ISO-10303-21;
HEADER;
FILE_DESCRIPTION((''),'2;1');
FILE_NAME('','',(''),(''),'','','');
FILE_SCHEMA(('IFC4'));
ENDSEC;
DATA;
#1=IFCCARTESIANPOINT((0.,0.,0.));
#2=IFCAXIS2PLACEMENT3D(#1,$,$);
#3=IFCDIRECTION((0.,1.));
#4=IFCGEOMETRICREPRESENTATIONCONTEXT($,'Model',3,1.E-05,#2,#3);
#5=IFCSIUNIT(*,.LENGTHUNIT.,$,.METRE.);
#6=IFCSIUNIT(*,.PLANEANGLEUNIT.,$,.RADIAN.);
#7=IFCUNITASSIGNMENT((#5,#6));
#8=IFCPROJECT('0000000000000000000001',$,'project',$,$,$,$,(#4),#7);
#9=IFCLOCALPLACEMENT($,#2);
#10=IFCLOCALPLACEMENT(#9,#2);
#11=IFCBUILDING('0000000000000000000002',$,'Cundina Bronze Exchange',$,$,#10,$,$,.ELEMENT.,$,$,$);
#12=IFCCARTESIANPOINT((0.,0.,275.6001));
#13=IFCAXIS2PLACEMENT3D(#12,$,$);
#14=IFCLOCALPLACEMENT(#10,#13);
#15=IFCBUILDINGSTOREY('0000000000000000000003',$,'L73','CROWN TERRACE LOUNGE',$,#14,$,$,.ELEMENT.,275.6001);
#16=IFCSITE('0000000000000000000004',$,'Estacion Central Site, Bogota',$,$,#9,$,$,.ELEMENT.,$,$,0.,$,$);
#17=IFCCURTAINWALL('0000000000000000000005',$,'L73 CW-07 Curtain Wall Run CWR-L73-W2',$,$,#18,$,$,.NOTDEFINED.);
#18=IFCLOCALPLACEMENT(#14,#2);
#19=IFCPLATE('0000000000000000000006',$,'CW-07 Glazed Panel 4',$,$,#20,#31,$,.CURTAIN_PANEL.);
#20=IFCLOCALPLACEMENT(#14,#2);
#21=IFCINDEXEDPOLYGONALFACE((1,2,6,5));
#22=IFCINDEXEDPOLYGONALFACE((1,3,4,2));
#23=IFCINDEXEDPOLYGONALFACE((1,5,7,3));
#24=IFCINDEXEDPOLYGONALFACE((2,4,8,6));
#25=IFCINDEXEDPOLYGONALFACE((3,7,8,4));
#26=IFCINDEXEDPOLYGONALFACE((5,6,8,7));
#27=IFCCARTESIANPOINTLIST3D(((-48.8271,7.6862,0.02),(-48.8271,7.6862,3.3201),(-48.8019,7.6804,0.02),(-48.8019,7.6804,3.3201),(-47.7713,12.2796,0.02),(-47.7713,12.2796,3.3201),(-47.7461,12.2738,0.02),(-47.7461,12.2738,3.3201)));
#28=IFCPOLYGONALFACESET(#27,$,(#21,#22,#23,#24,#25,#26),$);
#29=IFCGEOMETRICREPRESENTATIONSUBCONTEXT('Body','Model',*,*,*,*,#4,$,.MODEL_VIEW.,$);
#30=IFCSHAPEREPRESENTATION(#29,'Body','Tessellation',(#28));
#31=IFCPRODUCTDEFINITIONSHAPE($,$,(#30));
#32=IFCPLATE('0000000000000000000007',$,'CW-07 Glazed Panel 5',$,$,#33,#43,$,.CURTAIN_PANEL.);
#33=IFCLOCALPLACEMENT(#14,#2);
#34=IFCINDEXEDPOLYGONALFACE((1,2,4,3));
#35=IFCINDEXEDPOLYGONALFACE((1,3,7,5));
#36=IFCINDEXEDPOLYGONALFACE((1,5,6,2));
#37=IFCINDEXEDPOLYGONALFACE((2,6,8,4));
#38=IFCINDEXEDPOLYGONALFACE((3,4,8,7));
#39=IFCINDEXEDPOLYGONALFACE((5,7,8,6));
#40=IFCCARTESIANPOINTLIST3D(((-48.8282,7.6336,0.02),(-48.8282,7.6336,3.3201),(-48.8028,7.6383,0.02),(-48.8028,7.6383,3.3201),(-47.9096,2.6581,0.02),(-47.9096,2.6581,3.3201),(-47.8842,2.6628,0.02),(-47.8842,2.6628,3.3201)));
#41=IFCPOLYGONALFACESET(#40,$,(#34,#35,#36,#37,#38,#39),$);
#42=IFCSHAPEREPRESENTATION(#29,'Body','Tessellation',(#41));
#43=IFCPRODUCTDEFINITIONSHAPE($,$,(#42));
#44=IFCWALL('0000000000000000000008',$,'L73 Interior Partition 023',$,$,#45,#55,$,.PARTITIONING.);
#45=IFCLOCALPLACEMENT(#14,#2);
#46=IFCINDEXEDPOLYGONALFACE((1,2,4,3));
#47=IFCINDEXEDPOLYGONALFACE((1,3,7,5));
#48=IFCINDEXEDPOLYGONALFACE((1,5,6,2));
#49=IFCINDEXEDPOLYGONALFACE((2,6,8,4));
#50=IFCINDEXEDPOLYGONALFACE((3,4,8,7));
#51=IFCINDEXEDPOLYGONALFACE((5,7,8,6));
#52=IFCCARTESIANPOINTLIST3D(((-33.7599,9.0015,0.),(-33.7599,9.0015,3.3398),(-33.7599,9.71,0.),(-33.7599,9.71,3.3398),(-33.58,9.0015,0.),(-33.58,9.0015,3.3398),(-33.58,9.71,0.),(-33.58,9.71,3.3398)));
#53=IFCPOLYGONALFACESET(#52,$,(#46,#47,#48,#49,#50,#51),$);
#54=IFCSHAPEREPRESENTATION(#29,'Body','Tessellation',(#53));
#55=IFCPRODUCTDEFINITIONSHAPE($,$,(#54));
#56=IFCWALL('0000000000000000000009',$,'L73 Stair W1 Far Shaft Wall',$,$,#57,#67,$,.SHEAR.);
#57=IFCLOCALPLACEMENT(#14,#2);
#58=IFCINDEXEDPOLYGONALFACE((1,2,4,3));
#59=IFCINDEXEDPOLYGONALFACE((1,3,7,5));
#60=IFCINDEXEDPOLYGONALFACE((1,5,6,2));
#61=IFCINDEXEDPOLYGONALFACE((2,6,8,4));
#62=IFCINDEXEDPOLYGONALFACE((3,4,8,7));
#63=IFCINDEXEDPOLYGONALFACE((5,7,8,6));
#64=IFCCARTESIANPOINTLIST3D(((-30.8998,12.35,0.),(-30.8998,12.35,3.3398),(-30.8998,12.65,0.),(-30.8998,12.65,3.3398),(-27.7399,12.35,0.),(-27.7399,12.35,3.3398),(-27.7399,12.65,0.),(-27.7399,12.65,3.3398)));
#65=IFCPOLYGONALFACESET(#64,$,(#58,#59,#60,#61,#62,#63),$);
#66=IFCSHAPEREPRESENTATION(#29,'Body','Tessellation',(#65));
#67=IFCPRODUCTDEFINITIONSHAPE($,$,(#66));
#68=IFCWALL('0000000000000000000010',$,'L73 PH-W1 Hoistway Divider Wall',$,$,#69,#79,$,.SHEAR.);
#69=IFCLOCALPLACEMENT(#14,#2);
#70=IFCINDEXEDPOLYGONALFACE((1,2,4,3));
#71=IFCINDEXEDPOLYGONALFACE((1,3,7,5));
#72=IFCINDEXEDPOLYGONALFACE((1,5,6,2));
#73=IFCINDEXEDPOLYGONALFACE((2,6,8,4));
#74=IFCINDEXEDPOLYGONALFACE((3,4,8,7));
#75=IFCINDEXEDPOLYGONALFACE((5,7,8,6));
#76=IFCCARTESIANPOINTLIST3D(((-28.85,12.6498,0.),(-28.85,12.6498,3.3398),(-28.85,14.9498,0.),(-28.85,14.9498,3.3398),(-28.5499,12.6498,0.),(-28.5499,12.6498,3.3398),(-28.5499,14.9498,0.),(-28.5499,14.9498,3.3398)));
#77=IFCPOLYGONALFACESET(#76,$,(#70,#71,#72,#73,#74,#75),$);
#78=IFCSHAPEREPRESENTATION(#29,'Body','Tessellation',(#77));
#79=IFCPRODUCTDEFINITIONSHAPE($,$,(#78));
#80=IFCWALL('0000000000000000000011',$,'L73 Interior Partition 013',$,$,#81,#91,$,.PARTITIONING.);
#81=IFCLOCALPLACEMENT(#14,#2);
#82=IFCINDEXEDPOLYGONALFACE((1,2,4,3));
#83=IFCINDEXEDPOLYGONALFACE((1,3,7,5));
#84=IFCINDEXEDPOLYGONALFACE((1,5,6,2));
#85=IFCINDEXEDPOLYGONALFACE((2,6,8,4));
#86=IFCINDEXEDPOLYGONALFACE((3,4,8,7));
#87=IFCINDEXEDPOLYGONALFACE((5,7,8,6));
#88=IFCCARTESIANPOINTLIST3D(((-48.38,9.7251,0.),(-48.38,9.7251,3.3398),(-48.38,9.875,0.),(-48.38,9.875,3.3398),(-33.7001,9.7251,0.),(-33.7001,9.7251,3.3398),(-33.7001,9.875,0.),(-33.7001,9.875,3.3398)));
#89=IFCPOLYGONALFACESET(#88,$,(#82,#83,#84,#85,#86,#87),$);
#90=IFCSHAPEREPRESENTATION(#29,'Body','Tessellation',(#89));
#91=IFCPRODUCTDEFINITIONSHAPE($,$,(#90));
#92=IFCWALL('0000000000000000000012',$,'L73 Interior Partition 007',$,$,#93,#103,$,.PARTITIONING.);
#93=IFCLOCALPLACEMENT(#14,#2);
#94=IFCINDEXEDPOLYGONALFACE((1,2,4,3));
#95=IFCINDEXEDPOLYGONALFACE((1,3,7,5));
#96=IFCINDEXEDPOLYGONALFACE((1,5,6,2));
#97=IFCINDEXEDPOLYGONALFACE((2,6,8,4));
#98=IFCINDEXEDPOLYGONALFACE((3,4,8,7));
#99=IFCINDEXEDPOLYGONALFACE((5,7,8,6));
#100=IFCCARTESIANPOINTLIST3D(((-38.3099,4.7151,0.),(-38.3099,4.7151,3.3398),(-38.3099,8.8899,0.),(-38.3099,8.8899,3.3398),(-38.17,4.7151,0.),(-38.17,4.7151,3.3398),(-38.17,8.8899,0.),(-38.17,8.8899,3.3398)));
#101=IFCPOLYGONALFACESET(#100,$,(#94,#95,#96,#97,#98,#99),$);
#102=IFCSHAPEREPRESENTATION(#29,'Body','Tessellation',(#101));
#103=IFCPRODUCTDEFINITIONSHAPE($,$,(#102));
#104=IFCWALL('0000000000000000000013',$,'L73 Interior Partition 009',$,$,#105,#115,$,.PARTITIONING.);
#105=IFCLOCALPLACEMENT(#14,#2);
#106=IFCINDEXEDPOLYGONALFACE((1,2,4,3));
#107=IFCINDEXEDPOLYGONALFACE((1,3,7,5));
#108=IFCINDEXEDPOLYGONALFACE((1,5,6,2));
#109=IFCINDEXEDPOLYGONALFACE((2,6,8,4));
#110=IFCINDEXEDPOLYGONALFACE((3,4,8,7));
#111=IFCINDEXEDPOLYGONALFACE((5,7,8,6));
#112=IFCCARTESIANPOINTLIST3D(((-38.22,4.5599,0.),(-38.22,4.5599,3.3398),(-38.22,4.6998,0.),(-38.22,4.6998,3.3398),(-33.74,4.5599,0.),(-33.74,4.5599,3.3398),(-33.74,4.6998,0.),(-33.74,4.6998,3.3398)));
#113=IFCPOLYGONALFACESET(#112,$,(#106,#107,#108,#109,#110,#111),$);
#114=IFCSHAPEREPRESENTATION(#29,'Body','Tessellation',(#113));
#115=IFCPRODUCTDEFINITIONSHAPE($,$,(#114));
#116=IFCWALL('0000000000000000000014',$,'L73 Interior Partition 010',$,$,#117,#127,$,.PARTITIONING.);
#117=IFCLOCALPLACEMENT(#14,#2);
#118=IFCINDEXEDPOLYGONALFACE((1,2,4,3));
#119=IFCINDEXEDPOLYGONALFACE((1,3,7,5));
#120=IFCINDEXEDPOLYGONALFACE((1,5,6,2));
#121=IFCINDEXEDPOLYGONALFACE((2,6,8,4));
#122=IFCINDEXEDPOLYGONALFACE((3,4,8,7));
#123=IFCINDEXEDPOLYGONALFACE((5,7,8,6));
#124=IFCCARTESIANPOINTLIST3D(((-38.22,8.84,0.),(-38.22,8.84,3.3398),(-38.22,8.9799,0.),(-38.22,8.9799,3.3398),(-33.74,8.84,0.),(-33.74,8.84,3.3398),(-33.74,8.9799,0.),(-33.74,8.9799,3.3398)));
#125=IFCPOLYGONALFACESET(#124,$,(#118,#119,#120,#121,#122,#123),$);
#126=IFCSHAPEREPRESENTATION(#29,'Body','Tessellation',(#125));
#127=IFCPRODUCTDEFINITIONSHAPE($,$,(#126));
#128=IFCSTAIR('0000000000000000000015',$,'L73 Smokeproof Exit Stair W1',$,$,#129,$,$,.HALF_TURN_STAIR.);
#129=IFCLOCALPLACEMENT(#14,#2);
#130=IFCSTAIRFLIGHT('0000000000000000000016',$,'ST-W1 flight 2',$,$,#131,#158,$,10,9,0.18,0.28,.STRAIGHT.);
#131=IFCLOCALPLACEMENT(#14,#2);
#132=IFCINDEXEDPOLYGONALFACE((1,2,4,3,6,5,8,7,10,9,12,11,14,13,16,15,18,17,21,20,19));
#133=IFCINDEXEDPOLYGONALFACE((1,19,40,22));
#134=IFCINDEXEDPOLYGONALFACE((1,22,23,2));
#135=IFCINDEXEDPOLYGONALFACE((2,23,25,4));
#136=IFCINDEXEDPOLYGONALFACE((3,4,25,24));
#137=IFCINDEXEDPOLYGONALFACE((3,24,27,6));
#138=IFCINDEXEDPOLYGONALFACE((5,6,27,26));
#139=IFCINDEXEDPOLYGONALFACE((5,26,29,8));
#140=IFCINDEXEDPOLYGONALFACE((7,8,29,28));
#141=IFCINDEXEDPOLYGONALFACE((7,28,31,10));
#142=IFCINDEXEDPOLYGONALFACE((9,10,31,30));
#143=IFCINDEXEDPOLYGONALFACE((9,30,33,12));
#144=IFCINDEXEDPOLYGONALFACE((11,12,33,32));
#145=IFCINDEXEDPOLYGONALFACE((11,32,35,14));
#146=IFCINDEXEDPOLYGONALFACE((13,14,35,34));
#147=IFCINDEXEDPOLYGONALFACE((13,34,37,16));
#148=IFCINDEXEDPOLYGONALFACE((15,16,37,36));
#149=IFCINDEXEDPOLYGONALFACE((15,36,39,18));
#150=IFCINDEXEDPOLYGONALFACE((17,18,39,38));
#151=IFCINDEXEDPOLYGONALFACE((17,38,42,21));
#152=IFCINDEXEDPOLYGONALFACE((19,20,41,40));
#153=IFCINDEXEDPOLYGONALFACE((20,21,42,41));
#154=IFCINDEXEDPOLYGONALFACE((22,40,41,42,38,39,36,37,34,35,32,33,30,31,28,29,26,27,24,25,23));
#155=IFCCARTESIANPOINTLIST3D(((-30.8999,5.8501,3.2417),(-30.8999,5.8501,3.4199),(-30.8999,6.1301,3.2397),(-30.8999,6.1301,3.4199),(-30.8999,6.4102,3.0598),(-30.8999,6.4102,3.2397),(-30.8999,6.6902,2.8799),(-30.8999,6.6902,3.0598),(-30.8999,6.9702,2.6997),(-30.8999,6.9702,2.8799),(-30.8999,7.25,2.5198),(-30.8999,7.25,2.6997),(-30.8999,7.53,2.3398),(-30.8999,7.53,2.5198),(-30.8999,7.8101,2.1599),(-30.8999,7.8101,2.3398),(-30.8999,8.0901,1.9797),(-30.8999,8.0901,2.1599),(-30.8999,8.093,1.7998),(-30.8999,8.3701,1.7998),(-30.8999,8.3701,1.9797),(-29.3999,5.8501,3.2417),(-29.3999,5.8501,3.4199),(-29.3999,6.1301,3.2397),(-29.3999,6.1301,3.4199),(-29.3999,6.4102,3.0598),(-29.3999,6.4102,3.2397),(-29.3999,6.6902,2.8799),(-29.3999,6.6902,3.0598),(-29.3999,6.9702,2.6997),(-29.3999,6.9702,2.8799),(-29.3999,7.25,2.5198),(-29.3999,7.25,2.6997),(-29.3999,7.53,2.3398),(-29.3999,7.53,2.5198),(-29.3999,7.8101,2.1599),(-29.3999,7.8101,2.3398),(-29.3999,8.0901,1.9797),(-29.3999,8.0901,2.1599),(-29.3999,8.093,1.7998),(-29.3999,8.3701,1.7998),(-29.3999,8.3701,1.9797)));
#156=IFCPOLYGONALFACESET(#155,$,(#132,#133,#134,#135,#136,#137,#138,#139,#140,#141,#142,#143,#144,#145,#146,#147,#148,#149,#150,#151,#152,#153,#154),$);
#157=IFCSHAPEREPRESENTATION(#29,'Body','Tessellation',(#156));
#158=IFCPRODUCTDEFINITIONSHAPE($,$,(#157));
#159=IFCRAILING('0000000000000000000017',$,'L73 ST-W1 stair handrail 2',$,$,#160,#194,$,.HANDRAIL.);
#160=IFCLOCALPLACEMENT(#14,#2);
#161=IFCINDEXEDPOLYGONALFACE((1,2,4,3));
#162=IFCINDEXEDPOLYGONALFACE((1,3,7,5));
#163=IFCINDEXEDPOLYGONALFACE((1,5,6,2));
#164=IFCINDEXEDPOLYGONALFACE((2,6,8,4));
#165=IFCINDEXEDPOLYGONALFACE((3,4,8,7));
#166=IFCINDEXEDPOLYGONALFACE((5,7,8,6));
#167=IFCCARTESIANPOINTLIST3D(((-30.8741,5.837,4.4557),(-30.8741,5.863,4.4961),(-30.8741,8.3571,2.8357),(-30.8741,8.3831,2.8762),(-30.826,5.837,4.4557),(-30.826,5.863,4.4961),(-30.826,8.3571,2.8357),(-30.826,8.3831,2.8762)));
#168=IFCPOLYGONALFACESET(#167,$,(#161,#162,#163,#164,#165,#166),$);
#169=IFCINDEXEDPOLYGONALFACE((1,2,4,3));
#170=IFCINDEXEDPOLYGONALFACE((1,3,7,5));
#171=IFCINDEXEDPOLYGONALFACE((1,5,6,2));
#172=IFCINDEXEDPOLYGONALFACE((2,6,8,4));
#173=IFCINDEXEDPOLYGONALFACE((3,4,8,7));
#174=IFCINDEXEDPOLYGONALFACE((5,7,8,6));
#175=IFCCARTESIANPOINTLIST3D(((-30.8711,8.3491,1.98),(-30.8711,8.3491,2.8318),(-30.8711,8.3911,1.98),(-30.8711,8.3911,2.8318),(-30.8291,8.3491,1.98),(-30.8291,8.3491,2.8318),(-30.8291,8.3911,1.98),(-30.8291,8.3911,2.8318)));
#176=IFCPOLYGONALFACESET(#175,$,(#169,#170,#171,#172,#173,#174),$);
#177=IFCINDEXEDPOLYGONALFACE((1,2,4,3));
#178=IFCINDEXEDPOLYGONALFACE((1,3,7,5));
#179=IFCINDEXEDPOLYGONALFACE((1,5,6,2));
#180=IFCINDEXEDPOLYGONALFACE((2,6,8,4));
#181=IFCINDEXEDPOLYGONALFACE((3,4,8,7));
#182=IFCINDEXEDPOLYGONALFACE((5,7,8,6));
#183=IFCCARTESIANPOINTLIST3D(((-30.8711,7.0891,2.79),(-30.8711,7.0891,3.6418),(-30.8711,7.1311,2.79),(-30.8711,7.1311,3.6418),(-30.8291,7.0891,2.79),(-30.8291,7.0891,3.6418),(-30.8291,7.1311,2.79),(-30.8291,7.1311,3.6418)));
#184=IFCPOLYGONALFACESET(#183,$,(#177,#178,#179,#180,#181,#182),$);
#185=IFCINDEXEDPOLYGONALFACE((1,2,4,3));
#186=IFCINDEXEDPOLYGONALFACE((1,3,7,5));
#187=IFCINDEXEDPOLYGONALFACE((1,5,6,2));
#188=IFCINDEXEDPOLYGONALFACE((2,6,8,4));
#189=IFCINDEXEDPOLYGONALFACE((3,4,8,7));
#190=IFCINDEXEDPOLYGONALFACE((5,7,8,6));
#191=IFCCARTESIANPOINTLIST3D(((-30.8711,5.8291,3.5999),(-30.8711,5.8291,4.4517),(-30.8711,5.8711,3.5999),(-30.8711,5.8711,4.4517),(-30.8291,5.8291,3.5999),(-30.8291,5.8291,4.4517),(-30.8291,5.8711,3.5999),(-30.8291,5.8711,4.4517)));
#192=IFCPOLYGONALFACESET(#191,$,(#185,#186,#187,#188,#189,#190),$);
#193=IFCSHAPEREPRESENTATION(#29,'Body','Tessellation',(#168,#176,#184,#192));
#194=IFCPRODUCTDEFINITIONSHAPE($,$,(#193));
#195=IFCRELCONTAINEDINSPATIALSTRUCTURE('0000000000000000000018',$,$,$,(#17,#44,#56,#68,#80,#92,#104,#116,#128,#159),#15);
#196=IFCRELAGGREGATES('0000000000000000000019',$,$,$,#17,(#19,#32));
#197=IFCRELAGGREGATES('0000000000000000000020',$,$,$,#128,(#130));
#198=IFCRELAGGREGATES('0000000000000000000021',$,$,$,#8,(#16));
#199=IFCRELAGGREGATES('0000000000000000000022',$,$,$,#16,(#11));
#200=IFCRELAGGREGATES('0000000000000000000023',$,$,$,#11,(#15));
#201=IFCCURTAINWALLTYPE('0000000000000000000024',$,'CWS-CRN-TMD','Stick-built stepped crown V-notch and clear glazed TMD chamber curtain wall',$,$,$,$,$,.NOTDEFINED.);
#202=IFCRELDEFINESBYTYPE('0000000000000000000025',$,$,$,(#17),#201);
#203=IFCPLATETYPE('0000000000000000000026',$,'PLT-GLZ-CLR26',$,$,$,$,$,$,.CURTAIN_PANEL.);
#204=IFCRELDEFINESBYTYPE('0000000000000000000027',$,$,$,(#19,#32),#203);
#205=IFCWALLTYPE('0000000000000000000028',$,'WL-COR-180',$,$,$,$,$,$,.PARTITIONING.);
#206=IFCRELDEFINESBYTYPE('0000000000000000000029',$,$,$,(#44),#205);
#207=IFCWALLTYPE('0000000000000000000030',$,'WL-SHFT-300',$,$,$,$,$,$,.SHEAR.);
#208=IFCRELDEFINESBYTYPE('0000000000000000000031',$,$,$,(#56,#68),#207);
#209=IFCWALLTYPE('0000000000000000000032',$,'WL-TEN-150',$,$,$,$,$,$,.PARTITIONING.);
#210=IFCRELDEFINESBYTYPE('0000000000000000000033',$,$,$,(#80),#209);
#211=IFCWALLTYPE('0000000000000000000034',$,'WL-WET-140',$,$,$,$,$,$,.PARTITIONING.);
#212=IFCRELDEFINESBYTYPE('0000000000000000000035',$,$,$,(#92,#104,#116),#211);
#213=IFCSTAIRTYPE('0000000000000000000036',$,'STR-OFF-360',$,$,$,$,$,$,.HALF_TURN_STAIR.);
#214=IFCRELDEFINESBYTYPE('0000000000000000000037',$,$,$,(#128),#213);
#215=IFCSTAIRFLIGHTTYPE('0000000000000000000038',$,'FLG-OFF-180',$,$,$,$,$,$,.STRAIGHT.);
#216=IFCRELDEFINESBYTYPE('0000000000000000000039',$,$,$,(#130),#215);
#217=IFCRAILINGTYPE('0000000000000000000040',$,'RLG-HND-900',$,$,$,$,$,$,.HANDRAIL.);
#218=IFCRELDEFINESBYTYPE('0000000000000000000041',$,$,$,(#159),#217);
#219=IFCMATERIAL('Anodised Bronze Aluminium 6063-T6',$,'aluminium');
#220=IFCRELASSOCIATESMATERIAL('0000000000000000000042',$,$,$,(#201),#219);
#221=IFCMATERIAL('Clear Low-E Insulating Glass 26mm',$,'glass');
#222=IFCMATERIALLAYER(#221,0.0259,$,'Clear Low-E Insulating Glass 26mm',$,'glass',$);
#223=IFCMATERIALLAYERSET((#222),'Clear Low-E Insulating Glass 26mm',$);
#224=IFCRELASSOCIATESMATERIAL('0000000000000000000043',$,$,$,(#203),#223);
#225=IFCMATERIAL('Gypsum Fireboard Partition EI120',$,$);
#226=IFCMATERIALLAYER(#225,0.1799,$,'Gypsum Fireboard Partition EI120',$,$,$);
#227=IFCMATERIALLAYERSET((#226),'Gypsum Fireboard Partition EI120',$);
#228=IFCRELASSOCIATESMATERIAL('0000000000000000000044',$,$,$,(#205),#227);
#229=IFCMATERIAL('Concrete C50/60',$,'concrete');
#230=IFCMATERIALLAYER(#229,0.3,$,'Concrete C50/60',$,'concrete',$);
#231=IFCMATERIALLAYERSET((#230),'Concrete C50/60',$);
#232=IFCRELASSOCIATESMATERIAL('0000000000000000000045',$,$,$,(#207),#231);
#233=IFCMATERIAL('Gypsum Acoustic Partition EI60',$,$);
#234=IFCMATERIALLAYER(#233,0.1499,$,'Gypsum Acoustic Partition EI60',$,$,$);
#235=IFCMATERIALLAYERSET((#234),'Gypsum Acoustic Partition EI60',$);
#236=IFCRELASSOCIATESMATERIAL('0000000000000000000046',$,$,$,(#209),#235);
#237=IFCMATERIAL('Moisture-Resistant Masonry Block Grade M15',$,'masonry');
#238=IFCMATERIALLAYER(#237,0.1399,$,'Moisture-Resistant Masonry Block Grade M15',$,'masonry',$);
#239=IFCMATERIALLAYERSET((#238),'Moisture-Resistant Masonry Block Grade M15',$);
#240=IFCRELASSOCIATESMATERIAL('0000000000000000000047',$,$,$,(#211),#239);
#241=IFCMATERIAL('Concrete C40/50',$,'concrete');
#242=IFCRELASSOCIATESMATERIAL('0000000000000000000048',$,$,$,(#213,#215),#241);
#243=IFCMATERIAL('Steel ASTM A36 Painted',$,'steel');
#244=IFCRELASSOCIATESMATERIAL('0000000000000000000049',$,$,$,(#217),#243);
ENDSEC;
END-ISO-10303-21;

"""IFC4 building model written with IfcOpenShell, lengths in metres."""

from ifc_helpers import new_model, si_unit, direction, frame, frame_2d, origin, origin_2d, place, context, subcontext, project, spatial, polyline, rectangle, outline, extrude, material, layer, layer_set, type_object, element, aggregate, save


model = new_model("IFC4")

# Units and contexts
model_context = context("Model", 3, precision=1e-05, world=origin(), true_north=direction((0.0, 1.0)))
body_context = subcontext(model_context, "Body", "Model", "MODEL_VIEW")
ifc_project = project(units=[si_unit("LENGTHUNIT", "METRE"), si_unit("PLANEANGLEUNIT", "RADIAN")], contexts=[model_context])

# Site, building, storey
site_placement = place(None, origin())
site = spatial("IfcSite", under=ifc_project, at=site_placement, Name="Estacion Central Site, Bogota", CompositionType="ELEMENT", RefElevation=0.0)
building_placement = place(site_placement, origin())
building = spatial("IfcBuilding", under=site, at=building_placement, Name="Cundina Bronze Exchange", CompositionType="ELEMENT")
storey_placement = place(building_placement, frame((0.0, 0.0, 275.6001)))
storey = spatial("IfcBuildingStorey", under=building, at=storey_placement, Name="L73", Description="CROWN TERRACE LOUNGE", CompositionType="ELEMENT", Elevation=275.6001)

# Shared definitions
ifc_material_1 = material(Name="Concrete C50/60", Category="concrete")

# Curtain wall, plates
ifc_material_2 = material(Name="Anodised Bronze Aluminium 6063-T6", Category="aluminium")
curtain_wall_type = type_object("IfcCurtainWallType", Name="CWS-CRN-TMD", Description="Stick-built stepped crown V-notch and clear glazed TMD chamber curtain wall", PredefinedType="NOTDEFINED", material=ifc_material_2)
curtain_wall_placement = place(storey_placement, origin())
curtain_wall = element("IfcCurtainWall", 1, at=curtain_wall_placement, inside=storey, type_object=curtain_wall_type, Name="L73 CW-07 Curtain Wall Run CWR-L73-W2", PredefinedType="NOTDEFINED")
ifc_material_3 = material(Name="Clear Low-E Insulating Glass 26mm", Category="glass")
ifc_layer_1 = layer(ifc_material_3, 0.0259, Name="Clear Low-E Insulating Glass 26mm", Category="glass")
ifc_layer_set_1 = layer_set([ifc_layer_1], Name="Clear Low-E Insulating Glass 26mm")
plate_type = type_object("IfcPlateType", Name="PLT-GLZ-CLR26", PredefinedType="CURTAIN_PANEL", material=ifc_layer_set_1)
plate_1_placement = place(storey_placement, frame((-48.2866, 9.98, 0.02), z_axis=(0.0, 0.0, 1.0), x_axis=(-0.224016, -0.974586, 0.0)))
plate_1 = element("IfcPlate", 2, at=plate_1_placement, type_object=plate_type, Name="CW-07 Glazed Panel 4", PredefinedType="CURTAIN_PANEL", context=body_context, shape_type="SweptSolid", body=[
    extrude(rectangle(XDim=4.7131, YDim=0.0259, at=origin_2d()), origin(), (0.0, 0.0, 1.0), 3.3),
])
plate_2_placement = place(storey_placement, frame((-48.3562, 5.1482, 0.02), z_axis=(0.0, 0.0, 1.0), x_axis=(0.181566, -0.983379, 0.0)))
plate_2 = element("IfcPlate", 3, at=plate_2_placement, type_object=plate_type, Name="CW-07 Glazed Panel 5", PredefinedType="CURTAIN_PANEL", context=body_context, shape_type="SweptSolid", body=[
    extrude(rectangle(XDim=5.0596, YDim=0.0259, at=origin_2d()), origin(), (0.0, 0.0, 1.0), 3.3),
])
aggregate(curtain_wall, [plate_1, plate_2])

# Shared definitions
ifc_material_4 = material(Name="Gypsum Fireboard Partition EI120")
ifc_layer_2 = layer(ifc_material_4, 0.1799, Name="Gypsum Fireboard Partition EI120")
ifc_layer_set_2 = layer_set([ifc_layer_2], Name="Gypsum Fireboard Partition EI120")
wall_type_1 = type_object("IfcWallType", Name="WL-COR-180", PredefinedType="PARTITIONING", material=ifc_layer_set_2)

# Wall
wall_1_placement = place(storey_placement, frame((-33.6699, 9.71, 0.0), z_axis=(0.0, 0.0, 1.0), x_axis=(0.0, -1.0, 0.0)))
element("IfcWall", 4, at=wall_1_placement, inside=storey, type_object=wall_type_1, Name="L73 Interior Partition 023", PredefinedType="PARTITIONING", context=body_context, shape_type="SweptSolid", body=[
    extrude(rectangle(XDim=0.7085, YDim=0.1799, at=frame_2d((0.3542, 0.0))), origin(), (0.0, 0.0, 1.0), 3.3398),
])

# Shared definitions
ifc_layer_3 = layer(ifc_material_1, 0.3, Name="Concrete C50/60", Category="concrete")
ifc_layer_set_3 = layer_set([ifc_layer_3], Name="Concrete C50/60")
wall_type_2 = type_object("IfcWallType", Name="WL-SHFT-300", PredefinedType="SHEAR", material=ifc_layer_set_3)
ifc_material_5 = material(Name="Steel ASTM A36 Painted", Category="steel")

# Walls
wall_2_placement = place(storey_placement, frame((-30.8999, 12.5, 0.0), z_axis=(0.0, 0.0, 1.0), x_axis=(1.0, 0.0, 0.0)))
element("IfcWall", 5, at=wall_2_placement, inside=storey, type_object=wall_type_2, Name="L73 Stair W1 Far Shaft Wall", PredefinedType="SHEAR", context=body_context, shape_type="SweptSolid", body=[
    extrude(rectangle(XDim=3.1599, YDim=0.3, at=frame_2d((1.5801, 0.0))), origin(), (0.0, 0.0, 1.0), 3.3398),
])
wall_3_placement = place(storey_placement, frame((-28.7, 12.6499, 0.0), z_axis=(0.0, 0.0, 1.0), x_axis=(0.0, 1.0, 0.0)))
element("IfcWall", 6, at=wall_3_placement, inside=storey, type_object=wall_type_2, Name="L73 PH-W1 Hoistway Divider Wall", PredefinedType="SHEAR", context=body_context, shape_type="SweptSolid", body=[
    extrude(rectangle(XDim=2.3, YDim=0.3, at=frame_2d((1.1499, 0.0))), origin(), (0.0, 0.0, 1.0), 3.3398),
])
ifc_material_6 = material(Name="Gypsum Acoustic Partition EI60")
ifc_layer_4 = layer(ifc_material_6, 0.1499, Name="Gypsum Acoustic Partition EI60")
ifc_layer_set_4 = layer_set([ifc_layer_4], Name="Gypsum Acoustic Partition EI60")
wall_type_3 = type_object("IfcWallType", Name="WL-TEN-150", PredefinedType="PARTITIONING", material=ifc_layer_set_4)
wall_4_placement = place(storey_placement, frame((-48.3799, 9.8, 0.0), z_axis=(0.0, 0.0, 1.0), x_axis=(1.0, 0.0, 0.0)))
element("IfcWall", 7, at=wall_4_placement, inside=storey, type_object=wall_type_3, Name="L73 Interior Partition 013", PredefinedType="PARTITIONING", context=body_context, shape_type="SweptSolid", body=[
    extrude(rectangle(XDim=14.6799, YDim=0.1499, at=frame_2d((7.3398, 0.0))), origin(), (0.0, 0.0, 1.0), 3.3398),
])
ifc_material_7 = material(Name="Moisture-Resistant Masonry Block Grade M15", Category="masonry")
ifc_layer_5 = layer(ifc_material_7, 0.1399, Name="Moisture-Resistant Masonry Block Grade M15", Category="masonry")
ifc_layer_set_5 = layer_set([ifc_layer_5], Name="Moisture-Resistant Masonry Block Grade M15")
wall_type_4 = type_object("IfcWallType", Name="WL-WET-140", PredefinedType="PARTITIONING", material=ifc_layer_set_5)
wall_5_placement = place(storey_placement, frame((-38.24, 4.7151, 0.0), z_axis=(0.0, 0.0, 1.0), x_axis=(0.0, 1.0, 0.0)))
element("IfcWall", 8, at=wall_5_placement, inside=storey, type_object=wall_type_4, Name="L73 Interior Partition 007", PredefinedType="PARTITIONING", context=body_context, shape_type="SweptSolid", body=[
    extrude(rectangle(XDim=4.1748, YDim=0.1399, at=frame_2d((2.0874, 0.0))), origin(), (0.0, 0.0, 1.0), 3.3398),
])
for number, where, z_axis, x_axis, name in (
    (9, (-38.22, 4.6299, 0.0), (0.0, 0.0, 1.0), (1.0, 0.0, 0.0), "L73 Interior Partition 009"),
    (10, (-38.22, 8.9099, 0.0), (0.0, 0.0, 1.0), (1.0, 0.0, 0.0), "L73 Interior Partition 010"),
):
    element("IfcWall", number, at=place(storey_placement, frame(where, z_axis=z_axis, x_axis=x_axis)), inside=storey, type_object=wall_type_4, Name=name, PredefinedType="PARTITIONING", context=body_context, shape_type="SweptSolid", body=[
        extrude(rectangle(XDim=4.48, YDim=0.1399, at=frame_2d((2.24, 0.0))), origin(), (0.0, 0.0, 1.0), 3.3398),
    ])

# Stair, stair flight
ifc_material_8 = material(Name="Concrete C40/50", Category="concrete")
stair_type = type_object("IfcStairType", Name="STR-OFF-360", PredefinedType="HALF_TURN_STAIR", material=ifc_material_8)
stair_placement = place(storey_placement, origin())
stair = element("IfcStair", 11, at=stair_placement, inside=storey, type_object=stair_type, Name="L73 Smokeproof Exit Stair W1", PredefinedType="HALF_TURN_STAIR")
stair_flight_type = type_object("IfcStairFlightType", Name="FLG-OFF-180", PredefinedType="STRAIGHT", material=ifc_material_8)
stair_flight_placement = place(storey_placement, frame((-30.1499, 8.3701, 1.7998), z_axis=(0.0, 0.0, 1.0), x_axis=(0.0, -1.0, 0.0)))
stair_flight = element("IfcStairFlight", 12, at=stair_flight_placement, type_object=stair_flight_type, Name="ST-W1 flight 2", NumberOfRisers=10, NumberOfTreads=9, PredefinedType="STRAIGHT", RiserHeight=0.18, TreadLength=0.28, context=body_context, shape_type="SweptSolid", body=[
    extrude(outline(polyline([(0.0, 0.0), (0.0, 0.1799), (0.28, 0.1799), (0.28, 0.3601), (0.5601, 0.3601), (0.5601, 0.54), (0.8401, 0.54), (0.8401, 0.72), (1.1201, 0.72), (1.1201, 0.8999), (1.3999, 0.8999), (1.3999, 1.0801), (1.6799, 1.0801), (1.6799, 1.26), (1.96, 1.26), (1.96, 1.4399), (2.24, 1.4399), (2.24, 1.6201), (2.52, 1.6201), (2.52, 1.8), (2.52, 1.4419), (0.2771, 0.0), (0.0, 0.0)])), frame((0.0, 0.75, 0.0), z_axis=(0.0, -1.0, 0.0), x_axis=(1.0, 0.0, 0.0)), (0.0, 0.0, 1.0), 1.5),
])
aggregate(stair, [stair_flight])

# Railing
railing_type_1 = type_object("IfcRailingType", Name="RLG-HND-900", PredefinedType="HANDRAIL", material=ifc_material_5)
railing_1_placement = place(storey_placement, frame((-30.8501, 8.3701, 1.98)))
element("IfcRailing", 13, at=railing_1_placement, inside=storey, type_object=railing_type_1, Name="L73 ST-W1 stair handrail 2", PredefinedType="HANDRAIL", context=body_context, shape_type="SweptSolid", body=[
    extrude(rectangle(XDim=0.0481, YDim=0.0481, at=origin_2d()), frame((0.0, 0.0, 0.876), z_axis=(0.0, -0.8412, 0.540725), x_axis=(1.0, 0.0, 0.0)), (0.0, 0.0, 1.0), 2.9958),
    extrude(rectangle(XDim=0.042, YDim=0.042, at=origin_2d()), origin(), (0.0, 0.0, 1.0), 0.8518),
    extrude(rectangle(XDim=0.042, YDim=0.042, at=origin_2d()), frame((0.0, -1.26, 0.8101)), (0.0, 0.0, 1.0), 0.8518),
    extrude(rectangle(XDim=0.042, YDim=0.042, at=origin_2d()), frame((0.0, -2.52, 1.6199)), (0.0, 0.0, 1.0), 0.8518),
])

save(model, "model.ifc")
